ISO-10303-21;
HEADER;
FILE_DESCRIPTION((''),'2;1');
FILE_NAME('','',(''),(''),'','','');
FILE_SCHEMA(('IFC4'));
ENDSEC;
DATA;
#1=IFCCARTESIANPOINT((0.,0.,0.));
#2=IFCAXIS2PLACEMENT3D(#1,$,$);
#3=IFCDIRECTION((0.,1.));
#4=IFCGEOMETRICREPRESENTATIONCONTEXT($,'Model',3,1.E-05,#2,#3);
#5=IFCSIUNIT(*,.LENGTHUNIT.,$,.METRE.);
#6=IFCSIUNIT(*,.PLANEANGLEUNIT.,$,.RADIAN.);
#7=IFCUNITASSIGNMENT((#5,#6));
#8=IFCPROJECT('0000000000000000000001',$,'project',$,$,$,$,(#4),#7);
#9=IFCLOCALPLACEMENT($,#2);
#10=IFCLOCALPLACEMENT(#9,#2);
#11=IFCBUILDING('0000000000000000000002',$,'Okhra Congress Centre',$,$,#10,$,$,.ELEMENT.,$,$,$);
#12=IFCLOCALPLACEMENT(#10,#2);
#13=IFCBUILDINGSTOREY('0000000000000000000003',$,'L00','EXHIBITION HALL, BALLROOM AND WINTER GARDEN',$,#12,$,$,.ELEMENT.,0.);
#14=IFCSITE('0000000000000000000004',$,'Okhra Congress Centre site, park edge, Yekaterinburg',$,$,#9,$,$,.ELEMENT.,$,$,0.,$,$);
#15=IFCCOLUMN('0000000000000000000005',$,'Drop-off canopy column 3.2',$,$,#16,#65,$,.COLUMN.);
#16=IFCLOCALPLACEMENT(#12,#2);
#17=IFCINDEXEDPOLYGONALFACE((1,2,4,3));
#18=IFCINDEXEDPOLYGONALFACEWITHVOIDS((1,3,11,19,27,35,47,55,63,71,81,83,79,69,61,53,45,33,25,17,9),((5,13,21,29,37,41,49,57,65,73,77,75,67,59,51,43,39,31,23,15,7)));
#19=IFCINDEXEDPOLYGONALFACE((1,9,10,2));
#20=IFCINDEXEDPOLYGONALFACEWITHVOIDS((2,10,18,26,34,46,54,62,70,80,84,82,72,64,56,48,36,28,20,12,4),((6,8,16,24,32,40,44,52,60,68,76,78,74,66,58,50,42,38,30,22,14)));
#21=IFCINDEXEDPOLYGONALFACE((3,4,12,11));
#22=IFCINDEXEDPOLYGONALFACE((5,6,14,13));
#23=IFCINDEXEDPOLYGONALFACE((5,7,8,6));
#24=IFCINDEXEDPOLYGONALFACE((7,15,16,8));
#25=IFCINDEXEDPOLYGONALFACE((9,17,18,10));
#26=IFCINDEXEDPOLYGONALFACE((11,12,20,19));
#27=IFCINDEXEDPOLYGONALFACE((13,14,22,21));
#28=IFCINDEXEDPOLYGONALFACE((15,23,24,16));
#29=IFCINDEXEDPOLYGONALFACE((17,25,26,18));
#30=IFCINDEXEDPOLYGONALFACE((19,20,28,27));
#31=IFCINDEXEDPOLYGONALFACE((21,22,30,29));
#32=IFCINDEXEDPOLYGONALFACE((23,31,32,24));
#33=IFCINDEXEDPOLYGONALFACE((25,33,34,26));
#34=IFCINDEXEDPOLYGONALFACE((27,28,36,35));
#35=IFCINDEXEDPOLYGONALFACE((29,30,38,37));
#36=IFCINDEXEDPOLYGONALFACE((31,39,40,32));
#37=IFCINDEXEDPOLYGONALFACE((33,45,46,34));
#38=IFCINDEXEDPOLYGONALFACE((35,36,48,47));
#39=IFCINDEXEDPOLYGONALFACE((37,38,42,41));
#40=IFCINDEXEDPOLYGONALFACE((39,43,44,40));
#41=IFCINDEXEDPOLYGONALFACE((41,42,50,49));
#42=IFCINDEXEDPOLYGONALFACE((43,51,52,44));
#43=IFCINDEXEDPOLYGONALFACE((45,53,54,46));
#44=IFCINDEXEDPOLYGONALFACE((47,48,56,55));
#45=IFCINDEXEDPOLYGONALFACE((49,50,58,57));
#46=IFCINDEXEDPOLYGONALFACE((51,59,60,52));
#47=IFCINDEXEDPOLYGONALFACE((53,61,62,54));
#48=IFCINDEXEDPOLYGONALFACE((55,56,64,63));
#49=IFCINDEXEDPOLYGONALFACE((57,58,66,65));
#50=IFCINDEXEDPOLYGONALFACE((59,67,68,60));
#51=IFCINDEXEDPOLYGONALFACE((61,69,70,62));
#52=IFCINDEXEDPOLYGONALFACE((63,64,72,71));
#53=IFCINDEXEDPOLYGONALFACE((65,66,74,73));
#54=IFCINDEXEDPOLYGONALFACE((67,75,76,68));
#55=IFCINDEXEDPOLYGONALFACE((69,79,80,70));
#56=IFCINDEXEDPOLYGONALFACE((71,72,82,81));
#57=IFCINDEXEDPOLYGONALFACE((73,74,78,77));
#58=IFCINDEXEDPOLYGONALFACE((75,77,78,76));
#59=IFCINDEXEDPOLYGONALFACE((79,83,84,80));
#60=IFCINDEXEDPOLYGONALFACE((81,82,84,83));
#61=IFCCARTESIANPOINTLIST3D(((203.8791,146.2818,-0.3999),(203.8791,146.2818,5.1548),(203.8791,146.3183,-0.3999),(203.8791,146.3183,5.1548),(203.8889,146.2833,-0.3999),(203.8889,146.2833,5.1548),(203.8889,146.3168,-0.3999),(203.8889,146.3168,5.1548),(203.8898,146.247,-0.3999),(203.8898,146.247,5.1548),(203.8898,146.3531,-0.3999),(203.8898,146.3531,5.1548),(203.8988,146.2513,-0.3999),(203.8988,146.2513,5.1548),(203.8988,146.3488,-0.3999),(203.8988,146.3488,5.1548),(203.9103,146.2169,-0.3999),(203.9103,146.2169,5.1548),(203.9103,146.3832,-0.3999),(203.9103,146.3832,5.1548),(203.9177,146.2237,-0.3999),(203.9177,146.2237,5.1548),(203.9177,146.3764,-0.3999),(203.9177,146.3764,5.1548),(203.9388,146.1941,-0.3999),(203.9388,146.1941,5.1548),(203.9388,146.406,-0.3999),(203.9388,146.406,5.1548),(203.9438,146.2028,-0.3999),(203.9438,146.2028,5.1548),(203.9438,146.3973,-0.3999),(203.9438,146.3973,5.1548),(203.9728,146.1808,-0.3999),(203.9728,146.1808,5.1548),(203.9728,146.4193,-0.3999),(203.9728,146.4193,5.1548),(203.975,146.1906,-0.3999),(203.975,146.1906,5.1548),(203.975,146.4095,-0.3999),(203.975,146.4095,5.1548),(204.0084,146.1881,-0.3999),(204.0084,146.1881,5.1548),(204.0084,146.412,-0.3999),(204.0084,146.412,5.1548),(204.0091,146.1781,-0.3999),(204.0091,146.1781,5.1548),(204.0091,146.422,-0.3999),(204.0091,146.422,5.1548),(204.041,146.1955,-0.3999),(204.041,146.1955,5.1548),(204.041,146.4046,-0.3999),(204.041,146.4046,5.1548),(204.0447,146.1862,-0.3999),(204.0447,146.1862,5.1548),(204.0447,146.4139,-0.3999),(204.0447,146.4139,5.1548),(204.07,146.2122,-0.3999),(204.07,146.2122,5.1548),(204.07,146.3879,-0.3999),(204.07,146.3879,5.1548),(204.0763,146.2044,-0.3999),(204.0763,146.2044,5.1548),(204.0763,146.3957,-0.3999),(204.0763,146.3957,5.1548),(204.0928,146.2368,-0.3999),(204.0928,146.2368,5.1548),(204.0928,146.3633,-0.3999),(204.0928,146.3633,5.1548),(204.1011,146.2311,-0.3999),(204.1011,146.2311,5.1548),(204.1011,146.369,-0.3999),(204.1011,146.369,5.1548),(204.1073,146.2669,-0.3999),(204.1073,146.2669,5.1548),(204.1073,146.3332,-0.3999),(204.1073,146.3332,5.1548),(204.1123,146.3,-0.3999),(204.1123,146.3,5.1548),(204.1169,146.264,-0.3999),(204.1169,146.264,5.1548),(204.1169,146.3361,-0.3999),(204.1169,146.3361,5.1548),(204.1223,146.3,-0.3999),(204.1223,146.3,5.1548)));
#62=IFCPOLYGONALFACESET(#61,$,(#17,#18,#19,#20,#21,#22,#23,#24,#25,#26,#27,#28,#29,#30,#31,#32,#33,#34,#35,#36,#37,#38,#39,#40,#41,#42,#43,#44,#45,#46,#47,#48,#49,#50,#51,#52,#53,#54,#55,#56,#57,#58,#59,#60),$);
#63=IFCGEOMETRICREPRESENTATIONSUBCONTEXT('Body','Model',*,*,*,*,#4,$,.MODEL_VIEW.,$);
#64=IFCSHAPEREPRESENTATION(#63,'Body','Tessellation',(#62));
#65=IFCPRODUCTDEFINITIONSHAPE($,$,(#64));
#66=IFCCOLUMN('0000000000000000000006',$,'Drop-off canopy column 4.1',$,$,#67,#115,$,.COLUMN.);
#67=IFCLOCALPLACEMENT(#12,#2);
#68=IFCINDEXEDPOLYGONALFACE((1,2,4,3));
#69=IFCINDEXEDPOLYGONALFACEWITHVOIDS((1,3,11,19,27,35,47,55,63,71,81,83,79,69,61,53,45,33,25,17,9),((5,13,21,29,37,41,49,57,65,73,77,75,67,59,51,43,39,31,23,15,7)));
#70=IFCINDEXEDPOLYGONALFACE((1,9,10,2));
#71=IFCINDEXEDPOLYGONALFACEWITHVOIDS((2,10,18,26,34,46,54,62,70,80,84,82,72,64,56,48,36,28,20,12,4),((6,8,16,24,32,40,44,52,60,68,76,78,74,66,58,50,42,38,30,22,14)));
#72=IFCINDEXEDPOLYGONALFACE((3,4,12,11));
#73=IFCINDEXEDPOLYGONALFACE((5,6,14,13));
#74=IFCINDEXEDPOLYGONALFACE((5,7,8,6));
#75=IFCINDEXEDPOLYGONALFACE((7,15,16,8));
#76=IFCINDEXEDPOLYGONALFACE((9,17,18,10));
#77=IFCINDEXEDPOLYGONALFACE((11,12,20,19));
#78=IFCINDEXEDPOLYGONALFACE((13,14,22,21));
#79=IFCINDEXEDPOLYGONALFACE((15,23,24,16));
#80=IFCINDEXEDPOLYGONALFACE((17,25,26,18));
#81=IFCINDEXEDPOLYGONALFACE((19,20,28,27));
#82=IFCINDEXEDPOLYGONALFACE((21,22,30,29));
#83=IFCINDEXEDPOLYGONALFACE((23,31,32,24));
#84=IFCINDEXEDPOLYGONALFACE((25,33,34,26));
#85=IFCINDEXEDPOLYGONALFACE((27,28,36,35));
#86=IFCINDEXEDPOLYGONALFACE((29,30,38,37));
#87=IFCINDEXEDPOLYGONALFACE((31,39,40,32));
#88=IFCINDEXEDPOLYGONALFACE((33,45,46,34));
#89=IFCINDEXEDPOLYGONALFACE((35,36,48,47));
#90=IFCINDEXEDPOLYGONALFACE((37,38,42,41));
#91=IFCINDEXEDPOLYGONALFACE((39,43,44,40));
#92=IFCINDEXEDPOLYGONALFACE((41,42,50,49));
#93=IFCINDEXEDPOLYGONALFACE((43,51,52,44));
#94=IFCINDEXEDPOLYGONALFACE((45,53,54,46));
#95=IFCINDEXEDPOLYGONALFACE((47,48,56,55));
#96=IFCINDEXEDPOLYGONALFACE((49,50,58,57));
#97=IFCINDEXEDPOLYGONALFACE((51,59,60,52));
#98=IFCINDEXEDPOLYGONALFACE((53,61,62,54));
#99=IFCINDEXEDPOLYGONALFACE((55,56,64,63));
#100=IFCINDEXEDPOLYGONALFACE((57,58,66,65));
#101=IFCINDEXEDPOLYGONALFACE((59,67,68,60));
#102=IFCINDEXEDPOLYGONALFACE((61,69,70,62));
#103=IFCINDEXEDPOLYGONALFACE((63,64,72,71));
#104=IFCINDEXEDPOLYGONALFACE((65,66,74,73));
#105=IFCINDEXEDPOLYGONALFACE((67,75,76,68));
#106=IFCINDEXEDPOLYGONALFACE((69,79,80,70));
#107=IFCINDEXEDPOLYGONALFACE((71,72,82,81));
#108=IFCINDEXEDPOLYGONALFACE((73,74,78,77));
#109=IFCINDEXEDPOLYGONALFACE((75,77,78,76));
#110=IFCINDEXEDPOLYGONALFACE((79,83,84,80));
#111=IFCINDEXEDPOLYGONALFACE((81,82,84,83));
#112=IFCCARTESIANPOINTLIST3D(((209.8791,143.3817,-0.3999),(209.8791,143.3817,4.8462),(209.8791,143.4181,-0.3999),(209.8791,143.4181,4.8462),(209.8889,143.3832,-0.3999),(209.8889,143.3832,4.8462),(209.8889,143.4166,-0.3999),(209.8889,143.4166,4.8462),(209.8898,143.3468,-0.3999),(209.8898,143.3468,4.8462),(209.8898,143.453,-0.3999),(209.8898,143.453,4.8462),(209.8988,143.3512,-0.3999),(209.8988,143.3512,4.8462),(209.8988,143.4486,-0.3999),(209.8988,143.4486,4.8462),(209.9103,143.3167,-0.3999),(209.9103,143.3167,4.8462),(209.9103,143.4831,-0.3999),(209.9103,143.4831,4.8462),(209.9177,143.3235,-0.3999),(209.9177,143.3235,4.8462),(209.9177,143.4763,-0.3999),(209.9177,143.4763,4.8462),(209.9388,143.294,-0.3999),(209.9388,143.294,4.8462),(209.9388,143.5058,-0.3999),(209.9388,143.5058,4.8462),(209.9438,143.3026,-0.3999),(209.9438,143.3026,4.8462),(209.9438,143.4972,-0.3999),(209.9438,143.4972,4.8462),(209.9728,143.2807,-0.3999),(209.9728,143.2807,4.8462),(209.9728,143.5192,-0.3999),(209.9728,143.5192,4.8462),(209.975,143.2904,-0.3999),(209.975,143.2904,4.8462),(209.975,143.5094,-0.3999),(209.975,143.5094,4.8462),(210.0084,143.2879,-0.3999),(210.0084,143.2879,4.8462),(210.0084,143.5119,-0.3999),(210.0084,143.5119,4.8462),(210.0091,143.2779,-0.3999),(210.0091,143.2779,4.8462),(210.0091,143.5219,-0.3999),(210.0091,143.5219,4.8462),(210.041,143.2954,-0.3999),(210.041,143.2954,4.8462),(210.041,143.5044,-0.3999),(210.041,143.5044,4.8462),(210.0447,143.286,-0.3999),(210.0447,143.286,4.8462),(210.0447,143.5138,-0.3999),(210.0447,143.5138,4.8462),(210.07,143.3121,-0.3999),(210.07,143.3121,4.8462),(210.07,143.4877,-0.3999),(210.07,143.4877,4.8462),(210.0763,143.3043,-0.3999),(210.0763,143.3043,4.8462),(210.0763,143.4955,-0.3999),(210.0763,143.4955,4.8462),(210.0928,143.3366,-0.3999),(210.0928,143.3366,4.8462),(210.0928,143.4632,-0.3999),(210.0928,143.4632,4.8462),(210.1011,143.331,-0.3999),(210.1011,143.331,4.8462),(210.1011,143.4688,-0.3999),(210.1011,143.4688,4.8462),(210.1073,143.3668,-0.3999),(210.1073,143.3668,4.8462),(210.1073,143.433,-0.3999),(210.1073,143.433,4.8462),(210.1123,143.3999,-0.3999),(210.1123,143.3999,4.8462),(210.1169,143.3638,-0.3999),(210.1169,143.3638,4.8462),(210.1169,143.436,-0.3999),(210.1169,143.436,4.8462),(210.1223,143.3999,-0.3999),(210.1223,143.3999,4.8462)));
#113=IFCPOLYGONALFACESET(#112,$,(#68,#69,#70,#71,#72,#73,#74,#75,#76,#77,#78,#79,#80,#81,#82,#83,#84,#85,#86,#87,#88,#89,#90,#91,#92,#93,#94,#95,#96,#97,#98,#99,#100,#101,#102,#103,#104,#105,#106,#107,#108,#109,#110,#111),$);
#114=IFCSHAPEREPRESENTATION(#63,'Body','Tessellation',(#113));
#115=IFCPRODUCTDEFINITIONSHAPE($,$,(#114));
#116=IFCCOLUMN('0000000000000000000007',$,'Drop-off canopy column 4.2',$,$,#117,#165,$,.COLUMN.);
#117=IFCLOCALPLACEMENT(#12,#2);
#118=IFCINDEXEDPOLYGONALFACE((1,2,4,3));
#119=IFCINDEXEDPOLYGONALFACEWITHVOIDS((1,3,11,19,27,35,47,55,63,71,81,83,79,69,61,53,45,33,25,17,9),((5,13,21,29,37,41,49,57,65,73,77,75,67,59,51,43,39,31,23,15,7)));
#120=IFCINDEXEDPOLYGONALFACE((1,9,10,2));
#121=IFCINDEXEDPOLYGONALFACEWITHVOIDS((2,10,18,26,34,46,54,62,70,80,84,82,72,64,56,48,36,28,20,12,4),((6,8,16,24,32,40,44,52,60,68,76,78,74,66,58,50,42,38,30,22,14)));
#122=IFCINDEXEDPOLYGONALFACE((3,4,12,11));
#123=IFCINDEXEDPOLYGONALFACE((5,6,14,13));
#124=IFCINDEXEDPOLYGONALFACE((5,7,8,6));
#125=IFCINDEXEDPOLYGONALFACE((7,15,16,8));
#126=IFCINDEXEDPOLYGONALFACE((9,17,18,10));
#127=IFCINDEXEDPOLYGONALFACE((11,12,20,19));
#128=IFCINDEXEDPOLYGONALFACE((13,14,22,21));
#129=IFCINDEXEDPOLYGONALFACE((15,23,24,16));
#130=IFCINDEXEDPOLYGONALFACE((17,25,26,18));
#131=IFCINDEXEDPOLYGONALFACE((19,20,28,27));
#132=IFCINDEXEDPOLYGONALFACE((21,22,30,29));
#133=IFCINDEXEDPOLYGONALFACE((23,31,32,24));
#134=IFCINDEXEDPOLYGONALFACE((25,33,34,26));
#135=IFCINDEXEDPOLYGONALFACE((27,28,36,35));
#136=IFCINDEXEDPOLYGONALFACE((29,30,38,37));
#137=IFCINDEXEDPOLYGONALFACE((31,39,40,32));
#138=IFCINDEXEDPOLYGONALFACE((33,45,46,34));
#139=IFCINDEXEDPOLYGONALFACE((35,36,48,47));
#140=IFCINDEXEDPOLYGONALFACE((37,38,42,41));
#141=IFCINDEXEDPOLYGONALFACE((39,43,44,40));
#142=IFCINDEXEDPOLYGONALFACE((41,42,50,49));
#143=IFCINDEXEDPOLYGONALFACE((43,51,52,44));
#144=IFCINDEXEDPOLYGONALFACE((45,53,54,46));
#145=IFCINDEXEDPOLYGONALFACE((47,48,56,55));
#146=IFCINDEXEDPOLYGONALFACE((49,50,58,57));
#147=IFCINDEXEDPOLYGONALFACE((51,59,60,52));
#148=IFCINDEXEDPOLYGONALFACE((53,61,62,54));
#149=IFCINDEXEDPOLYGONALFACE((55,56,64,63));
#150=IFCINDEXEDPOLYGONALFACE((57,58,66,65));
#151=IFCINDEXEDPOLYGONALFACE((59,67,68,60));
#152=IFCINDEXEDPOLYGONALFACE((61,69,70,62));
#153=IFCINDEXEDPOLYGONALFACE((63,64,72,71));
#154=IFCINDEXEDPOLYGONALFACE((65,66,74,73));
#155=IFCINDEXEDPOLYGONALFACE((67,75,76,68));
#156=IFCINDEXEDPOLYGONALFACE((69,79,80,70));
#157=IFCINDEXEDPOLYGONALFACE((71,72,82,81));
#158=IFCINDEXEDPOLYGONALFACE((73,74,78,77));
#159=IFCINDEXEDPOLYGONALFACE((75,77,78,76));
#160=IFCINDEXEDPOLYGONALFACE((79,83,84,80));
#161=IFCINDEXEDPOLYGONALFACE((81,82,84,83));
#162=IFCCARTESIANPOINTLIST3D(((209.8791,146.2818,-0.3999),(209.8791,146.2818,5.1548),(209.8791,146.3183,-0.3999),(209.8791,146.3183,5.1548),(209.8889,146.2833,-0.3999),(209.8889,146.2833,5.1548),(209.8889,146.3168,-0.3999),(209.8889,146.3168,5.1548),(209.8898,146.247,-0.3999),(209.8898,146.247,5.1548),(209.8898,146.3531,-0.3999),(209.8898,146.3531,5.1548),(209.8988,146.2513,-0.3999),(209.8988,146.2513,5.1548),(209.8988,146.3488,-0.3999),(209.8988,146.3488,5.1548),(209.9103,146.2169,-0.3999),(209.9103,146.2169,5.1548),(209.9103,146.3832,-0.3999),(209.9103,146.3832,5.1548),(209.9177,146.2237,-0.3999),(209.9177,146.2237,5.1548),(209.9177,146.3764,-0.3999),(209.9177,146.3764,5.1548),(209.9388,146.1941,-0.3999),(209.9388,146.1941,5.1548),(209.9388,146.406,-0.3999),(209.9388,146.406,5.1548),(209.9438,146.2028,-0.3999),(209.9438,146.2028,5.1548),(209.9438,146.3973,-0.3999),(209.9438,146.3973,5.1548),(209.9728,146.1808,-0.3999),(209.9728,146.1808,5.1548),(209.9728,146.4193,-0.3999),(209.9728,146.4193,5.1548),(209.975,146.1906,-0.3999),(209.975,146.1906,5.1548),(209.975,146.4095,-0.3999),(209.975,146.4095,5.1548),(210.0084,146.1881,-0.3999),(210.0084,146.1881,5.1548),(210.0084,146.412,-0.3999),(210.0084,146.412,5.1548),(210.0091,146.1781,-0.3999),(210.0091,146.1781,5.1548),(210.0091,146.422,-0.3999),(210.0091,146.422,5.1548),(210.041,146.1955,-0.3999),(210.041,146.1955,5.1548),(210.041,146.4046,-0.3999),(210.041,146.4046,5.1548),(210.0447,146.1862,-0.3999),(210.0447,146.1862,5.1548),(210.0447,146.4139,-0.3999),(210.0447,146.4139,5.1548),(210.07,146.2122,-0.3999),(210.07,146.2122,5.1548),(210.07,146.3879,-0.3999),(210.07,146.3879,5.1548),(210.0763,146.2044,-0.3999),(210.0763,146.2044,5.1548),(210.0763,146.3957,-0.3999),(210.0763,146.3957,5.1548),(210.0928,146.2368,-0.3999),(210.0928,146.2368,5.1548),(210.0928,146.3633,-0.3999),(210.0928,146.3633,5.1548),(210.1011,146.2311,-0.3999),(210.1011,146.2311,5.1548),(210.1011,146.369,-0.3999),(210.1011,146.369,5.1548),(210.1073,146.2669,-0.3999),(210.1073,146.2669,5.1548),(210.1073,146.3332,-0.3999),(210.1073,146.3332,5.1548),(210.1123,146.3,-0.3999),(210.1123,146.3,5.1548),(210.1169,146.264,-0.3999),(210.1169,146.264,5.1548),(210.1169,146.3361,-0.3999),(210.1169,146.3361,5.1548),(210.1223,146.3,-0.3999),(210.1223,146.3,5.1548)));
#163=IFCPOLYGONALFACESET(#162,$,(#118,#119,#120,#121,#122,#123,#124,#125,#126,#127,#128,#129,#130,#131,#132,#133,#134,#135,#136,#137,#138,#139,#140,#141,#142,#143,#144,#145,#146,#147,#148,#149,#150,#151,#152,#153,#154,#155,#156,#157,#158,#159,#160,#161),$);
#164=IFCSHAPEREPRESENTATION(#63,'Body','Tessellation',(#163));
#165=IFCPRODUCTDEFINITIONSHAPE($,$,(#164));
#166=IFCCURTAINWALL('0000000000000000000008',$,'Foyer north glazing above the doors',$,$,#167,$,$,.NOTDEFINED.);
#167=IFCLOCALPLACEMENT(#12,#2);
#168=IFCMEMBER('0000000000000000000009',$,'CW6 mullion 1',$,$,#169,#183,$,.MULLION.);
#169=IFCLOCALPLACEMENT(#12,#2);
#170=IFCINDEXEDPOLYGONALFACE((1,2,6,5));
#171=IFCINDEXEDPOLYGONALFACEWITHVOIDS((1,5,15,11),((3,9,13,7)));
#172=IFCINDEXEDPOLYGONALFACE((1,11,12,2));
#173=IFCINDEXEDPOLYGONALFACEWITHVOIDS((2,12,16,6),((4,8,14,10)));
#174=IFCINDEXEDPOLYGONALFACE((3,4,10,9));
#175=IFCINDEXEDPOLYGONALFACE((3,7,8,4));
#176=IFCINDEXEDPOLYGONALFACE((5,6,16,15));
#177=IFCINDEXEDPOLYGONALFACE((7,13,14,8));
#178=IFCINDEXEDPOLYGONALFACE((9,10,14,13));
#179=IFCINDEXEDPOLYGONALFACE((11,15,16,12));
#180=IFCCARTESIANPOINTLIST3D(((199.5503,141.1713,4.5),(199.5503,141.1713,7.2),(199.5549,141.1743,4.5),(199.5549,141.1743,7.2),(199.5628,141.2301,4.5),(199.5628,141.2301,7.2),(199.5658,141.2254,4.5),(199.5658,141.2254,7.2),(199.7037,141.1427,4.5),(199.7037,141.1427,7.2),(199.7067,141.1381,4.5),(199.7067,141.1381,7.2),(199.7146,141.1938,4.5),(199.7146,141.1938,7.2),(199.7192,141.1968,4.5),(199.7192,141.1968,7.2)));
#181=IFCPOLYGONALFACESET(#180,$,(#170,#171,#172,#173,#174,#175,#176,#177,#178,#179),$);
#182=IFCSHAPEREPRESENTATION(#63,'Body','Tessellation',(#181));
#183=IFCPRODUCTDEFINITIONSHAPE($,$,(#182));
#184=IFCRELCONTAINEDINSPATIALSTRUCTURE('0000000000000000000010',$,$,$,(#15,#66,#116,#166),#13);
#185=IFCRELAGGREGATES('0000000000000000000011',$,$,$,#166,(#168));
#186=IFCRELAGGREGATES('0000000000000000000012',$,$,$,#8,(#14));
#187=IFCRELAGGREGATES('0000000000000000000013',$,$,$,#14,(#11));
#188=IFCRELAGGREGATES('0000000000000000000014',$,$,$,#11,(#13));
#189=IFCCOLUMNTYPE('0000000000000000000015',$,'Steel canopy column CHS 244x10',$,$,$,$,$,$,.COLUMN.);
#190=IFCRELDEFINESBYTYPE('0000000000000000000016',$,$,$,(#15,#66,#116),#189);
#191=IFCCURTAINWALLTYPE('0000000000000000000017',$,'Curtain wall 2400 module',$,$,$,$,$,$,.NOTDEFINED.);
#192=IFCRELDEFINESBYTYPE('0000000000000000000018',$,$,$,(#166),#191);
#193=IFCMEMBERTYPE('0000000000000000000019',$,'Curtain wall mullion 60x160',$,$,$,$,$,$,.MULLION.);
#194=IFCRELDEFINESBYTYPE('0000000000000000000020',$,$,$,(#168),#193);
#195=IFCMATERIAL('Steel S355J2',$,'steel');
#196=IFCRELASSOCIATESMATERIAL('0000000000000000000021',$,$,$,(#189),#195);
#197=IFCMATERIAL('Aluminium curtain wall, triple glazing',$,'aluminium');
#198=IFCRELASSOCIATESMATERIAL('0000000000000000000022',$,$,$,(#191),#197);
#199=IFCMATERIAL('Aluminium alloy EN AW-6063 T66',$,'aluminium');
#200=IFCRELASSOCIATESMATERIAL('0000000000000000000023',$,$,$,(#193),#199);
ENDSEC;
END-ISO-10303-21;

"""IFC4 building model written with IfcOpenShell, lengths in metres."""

from ifc_helpers import new_model, si_unit, direction, frame, origin, origin_2d, place, context, subcontext, project, spatial, hollow_rectangle, hollow_circle, extrude, material, material_profile, profile_set, type_object, element, aggregate, save


model = new_model("IFC4")

# Units and contexts
model_context = context("Model", 3, precision=1e-05, world=origin(), true_north=direction((0.0, 1.0)))
body_context = subcontext(model_context, "Body", "Model", "MODEL_VIEW")
ifc_project = project(units=[si_unit("LENGTHUNIT", "METRE"), si_unit("PLANEANGLEUNIT", "RADIAN")], contexts=[model_context])

# Site, building, storey
site_placement = place(None, origin())
site = spatial("IfcSite", under=ifc_project, at=site_placement, Name="Okhra Congress Centre site, park edge, Yekaterinburg", CompositionType="ELEMENT", RefElevation=0.0)
building_placement = place(site_placement, origin())
building = spatial("IfcBuilding", under=site, at=building_placement, Name="Okhra Congress Centre", CompositionType="ELEMENT")
storey_placement = place(building_placement, origin())
storey = spatial("IfcBuildingStorey", under=building, at=storey_placement, Name="L00", Description="EXHIBITION HALL, BALLROOM AND WINTER GARDEN", CompositionType="ELEMENT", Elevation=0.0)

# Columns
ifc_material_1 = material(Name="Steel S355J2", Category="steel")
ifc_material_profile_1 = material_profile(ifc_material_1, hollow_circle(Radius=0.1223, WallThickness=0.01, at=origin_2d()), Name="CHS 244.5x10")
ifc_profile_set_1 = profile_set([ifc_material_profile_1], Name="Steel S355J2")
column_type = type_object("IfcColumnType", Name="Steel canopy column CHS 244x10", PredefinedType="COLUMN", material=ifc_profile_set_1)
column_1_placement = place(storey_placement, frame((204.0, 146.3, -0.3999), z_axis=(0.0, 0.0, 1.0), x_axis=(1.0, 0.0, 0.0)))
element("IfcColumn", 1, at=column_1_placement, inside=storey, type_object=column_type, Name="Drop-off canopy column 3.2", PredefinedType="COLUMN", context=body_context, shape_type="SweptSolid", body=[
    extrude(hollow_circle(Radius=0.1223, WallThickness=0.01, at=origin_2d()), origin(), (0.0, 0.0, 1.0), 5.5547),
])
column_2_placement = place(storey_placement, frame((210.0, 143.3999, -0.3999), z_axis=(0.0, 0.0, 1.0), x_axis=(1.0, 0.0, 0.0)))
element("IfcColumn", 2, at=column_2_placement, inside=storey, type_object=column_type, Name="Drop-off canopy column 4.1", PredefinedType="COLUMN", context=body_context, shape_type="SweptSolid", body=[
    extrude(hollow_circle(Radius=0.1223, WallThickness=0.01, at=origin_2d()), origin(), (0.0, 0.0, 1.0), 5.2461),
])
column_3_placement = place(storey_placement, frame((210.0, 146.3, -0.3999), z_axis=(0.0, 0.0, 1.0), x_axis=(1.0, 0.0, 0.0)))
element("IfcColumn", 3, at=column_3_placement, inside=storey, type_object=column_type, Name="Drop-off canopy column 4.2", PredefinedType="COLUMN", context=body_context, shape_type="SweptSolid", body=[
    extrude(hollow_circle(Radius=0.1223, WallThickness=0.01, at=origin_2d()), origin(), (0.0, 0.0, 1.0), 5.5547),
])

# Curtain wall, member
ifc_material_2 = material(Name="Aluminium curtain wall, triple glazing", Category="aluminium")
curtain_wall_type = type_object("IfcCurtainWallType", Name="Curtain wall 2400 module", PredefinedType="NOTDEFINED", material=ifc_material_2)
curtain_wall_placement = place(storey_placement, origin())
curtain_wall = element("IfcCurtainWall", 4, at=curtain_wall_placement, inside=storey, type_object=curtain_wall_type, Name="Foyer north glazing above the doors", PredefinedType="NOTDEFINED")
ifc_material_3 = material(Name="Aluminium alloy EN AW-6063 T66", Category="aluminium")
ifc_material_profile_2 = material_profile(ifc_material_3, hollow_rectangle(XDim=0.0601, YDim=0.1599, WallThickness=0.0039, at=origin_2d()), Name="RHS 60x160x4")
ifc_profile_set_2 = profile_set([ifc_material_profile_2], Name="Aluminium alloy EN AW-6063 T66")
member_type_1 = type_object("IfcMemberType", Name="Curtain wall mullion 60x160", PredefinedType="MULLION", material=ifc_profile_set_2)
member_1_placement = place(storey_placement, frame((199.6348, 141.1841, 4.5), z_axis=(0.0, 0.0, 1.0), x_axis=(0.207912, 0.978148, 0.0)))
member_1 = element("IfcMember", 5, at=member_1_placement, type_object=member_type_1, Name="CW6 mullion 1", PredefinedType="MULLION", context=body_context, shape_type="SweptSolid", body=[
    extrude(hollow_rectangle(XDim=0.0601, YDim=0.1599, WallThickness=0.0039, at=origin_2d()), origin(), (0.0, 0.0, 1.0), 2.7),
])
aggregate(curtain_wall, [member_1])

save(model, "model.ifc")
